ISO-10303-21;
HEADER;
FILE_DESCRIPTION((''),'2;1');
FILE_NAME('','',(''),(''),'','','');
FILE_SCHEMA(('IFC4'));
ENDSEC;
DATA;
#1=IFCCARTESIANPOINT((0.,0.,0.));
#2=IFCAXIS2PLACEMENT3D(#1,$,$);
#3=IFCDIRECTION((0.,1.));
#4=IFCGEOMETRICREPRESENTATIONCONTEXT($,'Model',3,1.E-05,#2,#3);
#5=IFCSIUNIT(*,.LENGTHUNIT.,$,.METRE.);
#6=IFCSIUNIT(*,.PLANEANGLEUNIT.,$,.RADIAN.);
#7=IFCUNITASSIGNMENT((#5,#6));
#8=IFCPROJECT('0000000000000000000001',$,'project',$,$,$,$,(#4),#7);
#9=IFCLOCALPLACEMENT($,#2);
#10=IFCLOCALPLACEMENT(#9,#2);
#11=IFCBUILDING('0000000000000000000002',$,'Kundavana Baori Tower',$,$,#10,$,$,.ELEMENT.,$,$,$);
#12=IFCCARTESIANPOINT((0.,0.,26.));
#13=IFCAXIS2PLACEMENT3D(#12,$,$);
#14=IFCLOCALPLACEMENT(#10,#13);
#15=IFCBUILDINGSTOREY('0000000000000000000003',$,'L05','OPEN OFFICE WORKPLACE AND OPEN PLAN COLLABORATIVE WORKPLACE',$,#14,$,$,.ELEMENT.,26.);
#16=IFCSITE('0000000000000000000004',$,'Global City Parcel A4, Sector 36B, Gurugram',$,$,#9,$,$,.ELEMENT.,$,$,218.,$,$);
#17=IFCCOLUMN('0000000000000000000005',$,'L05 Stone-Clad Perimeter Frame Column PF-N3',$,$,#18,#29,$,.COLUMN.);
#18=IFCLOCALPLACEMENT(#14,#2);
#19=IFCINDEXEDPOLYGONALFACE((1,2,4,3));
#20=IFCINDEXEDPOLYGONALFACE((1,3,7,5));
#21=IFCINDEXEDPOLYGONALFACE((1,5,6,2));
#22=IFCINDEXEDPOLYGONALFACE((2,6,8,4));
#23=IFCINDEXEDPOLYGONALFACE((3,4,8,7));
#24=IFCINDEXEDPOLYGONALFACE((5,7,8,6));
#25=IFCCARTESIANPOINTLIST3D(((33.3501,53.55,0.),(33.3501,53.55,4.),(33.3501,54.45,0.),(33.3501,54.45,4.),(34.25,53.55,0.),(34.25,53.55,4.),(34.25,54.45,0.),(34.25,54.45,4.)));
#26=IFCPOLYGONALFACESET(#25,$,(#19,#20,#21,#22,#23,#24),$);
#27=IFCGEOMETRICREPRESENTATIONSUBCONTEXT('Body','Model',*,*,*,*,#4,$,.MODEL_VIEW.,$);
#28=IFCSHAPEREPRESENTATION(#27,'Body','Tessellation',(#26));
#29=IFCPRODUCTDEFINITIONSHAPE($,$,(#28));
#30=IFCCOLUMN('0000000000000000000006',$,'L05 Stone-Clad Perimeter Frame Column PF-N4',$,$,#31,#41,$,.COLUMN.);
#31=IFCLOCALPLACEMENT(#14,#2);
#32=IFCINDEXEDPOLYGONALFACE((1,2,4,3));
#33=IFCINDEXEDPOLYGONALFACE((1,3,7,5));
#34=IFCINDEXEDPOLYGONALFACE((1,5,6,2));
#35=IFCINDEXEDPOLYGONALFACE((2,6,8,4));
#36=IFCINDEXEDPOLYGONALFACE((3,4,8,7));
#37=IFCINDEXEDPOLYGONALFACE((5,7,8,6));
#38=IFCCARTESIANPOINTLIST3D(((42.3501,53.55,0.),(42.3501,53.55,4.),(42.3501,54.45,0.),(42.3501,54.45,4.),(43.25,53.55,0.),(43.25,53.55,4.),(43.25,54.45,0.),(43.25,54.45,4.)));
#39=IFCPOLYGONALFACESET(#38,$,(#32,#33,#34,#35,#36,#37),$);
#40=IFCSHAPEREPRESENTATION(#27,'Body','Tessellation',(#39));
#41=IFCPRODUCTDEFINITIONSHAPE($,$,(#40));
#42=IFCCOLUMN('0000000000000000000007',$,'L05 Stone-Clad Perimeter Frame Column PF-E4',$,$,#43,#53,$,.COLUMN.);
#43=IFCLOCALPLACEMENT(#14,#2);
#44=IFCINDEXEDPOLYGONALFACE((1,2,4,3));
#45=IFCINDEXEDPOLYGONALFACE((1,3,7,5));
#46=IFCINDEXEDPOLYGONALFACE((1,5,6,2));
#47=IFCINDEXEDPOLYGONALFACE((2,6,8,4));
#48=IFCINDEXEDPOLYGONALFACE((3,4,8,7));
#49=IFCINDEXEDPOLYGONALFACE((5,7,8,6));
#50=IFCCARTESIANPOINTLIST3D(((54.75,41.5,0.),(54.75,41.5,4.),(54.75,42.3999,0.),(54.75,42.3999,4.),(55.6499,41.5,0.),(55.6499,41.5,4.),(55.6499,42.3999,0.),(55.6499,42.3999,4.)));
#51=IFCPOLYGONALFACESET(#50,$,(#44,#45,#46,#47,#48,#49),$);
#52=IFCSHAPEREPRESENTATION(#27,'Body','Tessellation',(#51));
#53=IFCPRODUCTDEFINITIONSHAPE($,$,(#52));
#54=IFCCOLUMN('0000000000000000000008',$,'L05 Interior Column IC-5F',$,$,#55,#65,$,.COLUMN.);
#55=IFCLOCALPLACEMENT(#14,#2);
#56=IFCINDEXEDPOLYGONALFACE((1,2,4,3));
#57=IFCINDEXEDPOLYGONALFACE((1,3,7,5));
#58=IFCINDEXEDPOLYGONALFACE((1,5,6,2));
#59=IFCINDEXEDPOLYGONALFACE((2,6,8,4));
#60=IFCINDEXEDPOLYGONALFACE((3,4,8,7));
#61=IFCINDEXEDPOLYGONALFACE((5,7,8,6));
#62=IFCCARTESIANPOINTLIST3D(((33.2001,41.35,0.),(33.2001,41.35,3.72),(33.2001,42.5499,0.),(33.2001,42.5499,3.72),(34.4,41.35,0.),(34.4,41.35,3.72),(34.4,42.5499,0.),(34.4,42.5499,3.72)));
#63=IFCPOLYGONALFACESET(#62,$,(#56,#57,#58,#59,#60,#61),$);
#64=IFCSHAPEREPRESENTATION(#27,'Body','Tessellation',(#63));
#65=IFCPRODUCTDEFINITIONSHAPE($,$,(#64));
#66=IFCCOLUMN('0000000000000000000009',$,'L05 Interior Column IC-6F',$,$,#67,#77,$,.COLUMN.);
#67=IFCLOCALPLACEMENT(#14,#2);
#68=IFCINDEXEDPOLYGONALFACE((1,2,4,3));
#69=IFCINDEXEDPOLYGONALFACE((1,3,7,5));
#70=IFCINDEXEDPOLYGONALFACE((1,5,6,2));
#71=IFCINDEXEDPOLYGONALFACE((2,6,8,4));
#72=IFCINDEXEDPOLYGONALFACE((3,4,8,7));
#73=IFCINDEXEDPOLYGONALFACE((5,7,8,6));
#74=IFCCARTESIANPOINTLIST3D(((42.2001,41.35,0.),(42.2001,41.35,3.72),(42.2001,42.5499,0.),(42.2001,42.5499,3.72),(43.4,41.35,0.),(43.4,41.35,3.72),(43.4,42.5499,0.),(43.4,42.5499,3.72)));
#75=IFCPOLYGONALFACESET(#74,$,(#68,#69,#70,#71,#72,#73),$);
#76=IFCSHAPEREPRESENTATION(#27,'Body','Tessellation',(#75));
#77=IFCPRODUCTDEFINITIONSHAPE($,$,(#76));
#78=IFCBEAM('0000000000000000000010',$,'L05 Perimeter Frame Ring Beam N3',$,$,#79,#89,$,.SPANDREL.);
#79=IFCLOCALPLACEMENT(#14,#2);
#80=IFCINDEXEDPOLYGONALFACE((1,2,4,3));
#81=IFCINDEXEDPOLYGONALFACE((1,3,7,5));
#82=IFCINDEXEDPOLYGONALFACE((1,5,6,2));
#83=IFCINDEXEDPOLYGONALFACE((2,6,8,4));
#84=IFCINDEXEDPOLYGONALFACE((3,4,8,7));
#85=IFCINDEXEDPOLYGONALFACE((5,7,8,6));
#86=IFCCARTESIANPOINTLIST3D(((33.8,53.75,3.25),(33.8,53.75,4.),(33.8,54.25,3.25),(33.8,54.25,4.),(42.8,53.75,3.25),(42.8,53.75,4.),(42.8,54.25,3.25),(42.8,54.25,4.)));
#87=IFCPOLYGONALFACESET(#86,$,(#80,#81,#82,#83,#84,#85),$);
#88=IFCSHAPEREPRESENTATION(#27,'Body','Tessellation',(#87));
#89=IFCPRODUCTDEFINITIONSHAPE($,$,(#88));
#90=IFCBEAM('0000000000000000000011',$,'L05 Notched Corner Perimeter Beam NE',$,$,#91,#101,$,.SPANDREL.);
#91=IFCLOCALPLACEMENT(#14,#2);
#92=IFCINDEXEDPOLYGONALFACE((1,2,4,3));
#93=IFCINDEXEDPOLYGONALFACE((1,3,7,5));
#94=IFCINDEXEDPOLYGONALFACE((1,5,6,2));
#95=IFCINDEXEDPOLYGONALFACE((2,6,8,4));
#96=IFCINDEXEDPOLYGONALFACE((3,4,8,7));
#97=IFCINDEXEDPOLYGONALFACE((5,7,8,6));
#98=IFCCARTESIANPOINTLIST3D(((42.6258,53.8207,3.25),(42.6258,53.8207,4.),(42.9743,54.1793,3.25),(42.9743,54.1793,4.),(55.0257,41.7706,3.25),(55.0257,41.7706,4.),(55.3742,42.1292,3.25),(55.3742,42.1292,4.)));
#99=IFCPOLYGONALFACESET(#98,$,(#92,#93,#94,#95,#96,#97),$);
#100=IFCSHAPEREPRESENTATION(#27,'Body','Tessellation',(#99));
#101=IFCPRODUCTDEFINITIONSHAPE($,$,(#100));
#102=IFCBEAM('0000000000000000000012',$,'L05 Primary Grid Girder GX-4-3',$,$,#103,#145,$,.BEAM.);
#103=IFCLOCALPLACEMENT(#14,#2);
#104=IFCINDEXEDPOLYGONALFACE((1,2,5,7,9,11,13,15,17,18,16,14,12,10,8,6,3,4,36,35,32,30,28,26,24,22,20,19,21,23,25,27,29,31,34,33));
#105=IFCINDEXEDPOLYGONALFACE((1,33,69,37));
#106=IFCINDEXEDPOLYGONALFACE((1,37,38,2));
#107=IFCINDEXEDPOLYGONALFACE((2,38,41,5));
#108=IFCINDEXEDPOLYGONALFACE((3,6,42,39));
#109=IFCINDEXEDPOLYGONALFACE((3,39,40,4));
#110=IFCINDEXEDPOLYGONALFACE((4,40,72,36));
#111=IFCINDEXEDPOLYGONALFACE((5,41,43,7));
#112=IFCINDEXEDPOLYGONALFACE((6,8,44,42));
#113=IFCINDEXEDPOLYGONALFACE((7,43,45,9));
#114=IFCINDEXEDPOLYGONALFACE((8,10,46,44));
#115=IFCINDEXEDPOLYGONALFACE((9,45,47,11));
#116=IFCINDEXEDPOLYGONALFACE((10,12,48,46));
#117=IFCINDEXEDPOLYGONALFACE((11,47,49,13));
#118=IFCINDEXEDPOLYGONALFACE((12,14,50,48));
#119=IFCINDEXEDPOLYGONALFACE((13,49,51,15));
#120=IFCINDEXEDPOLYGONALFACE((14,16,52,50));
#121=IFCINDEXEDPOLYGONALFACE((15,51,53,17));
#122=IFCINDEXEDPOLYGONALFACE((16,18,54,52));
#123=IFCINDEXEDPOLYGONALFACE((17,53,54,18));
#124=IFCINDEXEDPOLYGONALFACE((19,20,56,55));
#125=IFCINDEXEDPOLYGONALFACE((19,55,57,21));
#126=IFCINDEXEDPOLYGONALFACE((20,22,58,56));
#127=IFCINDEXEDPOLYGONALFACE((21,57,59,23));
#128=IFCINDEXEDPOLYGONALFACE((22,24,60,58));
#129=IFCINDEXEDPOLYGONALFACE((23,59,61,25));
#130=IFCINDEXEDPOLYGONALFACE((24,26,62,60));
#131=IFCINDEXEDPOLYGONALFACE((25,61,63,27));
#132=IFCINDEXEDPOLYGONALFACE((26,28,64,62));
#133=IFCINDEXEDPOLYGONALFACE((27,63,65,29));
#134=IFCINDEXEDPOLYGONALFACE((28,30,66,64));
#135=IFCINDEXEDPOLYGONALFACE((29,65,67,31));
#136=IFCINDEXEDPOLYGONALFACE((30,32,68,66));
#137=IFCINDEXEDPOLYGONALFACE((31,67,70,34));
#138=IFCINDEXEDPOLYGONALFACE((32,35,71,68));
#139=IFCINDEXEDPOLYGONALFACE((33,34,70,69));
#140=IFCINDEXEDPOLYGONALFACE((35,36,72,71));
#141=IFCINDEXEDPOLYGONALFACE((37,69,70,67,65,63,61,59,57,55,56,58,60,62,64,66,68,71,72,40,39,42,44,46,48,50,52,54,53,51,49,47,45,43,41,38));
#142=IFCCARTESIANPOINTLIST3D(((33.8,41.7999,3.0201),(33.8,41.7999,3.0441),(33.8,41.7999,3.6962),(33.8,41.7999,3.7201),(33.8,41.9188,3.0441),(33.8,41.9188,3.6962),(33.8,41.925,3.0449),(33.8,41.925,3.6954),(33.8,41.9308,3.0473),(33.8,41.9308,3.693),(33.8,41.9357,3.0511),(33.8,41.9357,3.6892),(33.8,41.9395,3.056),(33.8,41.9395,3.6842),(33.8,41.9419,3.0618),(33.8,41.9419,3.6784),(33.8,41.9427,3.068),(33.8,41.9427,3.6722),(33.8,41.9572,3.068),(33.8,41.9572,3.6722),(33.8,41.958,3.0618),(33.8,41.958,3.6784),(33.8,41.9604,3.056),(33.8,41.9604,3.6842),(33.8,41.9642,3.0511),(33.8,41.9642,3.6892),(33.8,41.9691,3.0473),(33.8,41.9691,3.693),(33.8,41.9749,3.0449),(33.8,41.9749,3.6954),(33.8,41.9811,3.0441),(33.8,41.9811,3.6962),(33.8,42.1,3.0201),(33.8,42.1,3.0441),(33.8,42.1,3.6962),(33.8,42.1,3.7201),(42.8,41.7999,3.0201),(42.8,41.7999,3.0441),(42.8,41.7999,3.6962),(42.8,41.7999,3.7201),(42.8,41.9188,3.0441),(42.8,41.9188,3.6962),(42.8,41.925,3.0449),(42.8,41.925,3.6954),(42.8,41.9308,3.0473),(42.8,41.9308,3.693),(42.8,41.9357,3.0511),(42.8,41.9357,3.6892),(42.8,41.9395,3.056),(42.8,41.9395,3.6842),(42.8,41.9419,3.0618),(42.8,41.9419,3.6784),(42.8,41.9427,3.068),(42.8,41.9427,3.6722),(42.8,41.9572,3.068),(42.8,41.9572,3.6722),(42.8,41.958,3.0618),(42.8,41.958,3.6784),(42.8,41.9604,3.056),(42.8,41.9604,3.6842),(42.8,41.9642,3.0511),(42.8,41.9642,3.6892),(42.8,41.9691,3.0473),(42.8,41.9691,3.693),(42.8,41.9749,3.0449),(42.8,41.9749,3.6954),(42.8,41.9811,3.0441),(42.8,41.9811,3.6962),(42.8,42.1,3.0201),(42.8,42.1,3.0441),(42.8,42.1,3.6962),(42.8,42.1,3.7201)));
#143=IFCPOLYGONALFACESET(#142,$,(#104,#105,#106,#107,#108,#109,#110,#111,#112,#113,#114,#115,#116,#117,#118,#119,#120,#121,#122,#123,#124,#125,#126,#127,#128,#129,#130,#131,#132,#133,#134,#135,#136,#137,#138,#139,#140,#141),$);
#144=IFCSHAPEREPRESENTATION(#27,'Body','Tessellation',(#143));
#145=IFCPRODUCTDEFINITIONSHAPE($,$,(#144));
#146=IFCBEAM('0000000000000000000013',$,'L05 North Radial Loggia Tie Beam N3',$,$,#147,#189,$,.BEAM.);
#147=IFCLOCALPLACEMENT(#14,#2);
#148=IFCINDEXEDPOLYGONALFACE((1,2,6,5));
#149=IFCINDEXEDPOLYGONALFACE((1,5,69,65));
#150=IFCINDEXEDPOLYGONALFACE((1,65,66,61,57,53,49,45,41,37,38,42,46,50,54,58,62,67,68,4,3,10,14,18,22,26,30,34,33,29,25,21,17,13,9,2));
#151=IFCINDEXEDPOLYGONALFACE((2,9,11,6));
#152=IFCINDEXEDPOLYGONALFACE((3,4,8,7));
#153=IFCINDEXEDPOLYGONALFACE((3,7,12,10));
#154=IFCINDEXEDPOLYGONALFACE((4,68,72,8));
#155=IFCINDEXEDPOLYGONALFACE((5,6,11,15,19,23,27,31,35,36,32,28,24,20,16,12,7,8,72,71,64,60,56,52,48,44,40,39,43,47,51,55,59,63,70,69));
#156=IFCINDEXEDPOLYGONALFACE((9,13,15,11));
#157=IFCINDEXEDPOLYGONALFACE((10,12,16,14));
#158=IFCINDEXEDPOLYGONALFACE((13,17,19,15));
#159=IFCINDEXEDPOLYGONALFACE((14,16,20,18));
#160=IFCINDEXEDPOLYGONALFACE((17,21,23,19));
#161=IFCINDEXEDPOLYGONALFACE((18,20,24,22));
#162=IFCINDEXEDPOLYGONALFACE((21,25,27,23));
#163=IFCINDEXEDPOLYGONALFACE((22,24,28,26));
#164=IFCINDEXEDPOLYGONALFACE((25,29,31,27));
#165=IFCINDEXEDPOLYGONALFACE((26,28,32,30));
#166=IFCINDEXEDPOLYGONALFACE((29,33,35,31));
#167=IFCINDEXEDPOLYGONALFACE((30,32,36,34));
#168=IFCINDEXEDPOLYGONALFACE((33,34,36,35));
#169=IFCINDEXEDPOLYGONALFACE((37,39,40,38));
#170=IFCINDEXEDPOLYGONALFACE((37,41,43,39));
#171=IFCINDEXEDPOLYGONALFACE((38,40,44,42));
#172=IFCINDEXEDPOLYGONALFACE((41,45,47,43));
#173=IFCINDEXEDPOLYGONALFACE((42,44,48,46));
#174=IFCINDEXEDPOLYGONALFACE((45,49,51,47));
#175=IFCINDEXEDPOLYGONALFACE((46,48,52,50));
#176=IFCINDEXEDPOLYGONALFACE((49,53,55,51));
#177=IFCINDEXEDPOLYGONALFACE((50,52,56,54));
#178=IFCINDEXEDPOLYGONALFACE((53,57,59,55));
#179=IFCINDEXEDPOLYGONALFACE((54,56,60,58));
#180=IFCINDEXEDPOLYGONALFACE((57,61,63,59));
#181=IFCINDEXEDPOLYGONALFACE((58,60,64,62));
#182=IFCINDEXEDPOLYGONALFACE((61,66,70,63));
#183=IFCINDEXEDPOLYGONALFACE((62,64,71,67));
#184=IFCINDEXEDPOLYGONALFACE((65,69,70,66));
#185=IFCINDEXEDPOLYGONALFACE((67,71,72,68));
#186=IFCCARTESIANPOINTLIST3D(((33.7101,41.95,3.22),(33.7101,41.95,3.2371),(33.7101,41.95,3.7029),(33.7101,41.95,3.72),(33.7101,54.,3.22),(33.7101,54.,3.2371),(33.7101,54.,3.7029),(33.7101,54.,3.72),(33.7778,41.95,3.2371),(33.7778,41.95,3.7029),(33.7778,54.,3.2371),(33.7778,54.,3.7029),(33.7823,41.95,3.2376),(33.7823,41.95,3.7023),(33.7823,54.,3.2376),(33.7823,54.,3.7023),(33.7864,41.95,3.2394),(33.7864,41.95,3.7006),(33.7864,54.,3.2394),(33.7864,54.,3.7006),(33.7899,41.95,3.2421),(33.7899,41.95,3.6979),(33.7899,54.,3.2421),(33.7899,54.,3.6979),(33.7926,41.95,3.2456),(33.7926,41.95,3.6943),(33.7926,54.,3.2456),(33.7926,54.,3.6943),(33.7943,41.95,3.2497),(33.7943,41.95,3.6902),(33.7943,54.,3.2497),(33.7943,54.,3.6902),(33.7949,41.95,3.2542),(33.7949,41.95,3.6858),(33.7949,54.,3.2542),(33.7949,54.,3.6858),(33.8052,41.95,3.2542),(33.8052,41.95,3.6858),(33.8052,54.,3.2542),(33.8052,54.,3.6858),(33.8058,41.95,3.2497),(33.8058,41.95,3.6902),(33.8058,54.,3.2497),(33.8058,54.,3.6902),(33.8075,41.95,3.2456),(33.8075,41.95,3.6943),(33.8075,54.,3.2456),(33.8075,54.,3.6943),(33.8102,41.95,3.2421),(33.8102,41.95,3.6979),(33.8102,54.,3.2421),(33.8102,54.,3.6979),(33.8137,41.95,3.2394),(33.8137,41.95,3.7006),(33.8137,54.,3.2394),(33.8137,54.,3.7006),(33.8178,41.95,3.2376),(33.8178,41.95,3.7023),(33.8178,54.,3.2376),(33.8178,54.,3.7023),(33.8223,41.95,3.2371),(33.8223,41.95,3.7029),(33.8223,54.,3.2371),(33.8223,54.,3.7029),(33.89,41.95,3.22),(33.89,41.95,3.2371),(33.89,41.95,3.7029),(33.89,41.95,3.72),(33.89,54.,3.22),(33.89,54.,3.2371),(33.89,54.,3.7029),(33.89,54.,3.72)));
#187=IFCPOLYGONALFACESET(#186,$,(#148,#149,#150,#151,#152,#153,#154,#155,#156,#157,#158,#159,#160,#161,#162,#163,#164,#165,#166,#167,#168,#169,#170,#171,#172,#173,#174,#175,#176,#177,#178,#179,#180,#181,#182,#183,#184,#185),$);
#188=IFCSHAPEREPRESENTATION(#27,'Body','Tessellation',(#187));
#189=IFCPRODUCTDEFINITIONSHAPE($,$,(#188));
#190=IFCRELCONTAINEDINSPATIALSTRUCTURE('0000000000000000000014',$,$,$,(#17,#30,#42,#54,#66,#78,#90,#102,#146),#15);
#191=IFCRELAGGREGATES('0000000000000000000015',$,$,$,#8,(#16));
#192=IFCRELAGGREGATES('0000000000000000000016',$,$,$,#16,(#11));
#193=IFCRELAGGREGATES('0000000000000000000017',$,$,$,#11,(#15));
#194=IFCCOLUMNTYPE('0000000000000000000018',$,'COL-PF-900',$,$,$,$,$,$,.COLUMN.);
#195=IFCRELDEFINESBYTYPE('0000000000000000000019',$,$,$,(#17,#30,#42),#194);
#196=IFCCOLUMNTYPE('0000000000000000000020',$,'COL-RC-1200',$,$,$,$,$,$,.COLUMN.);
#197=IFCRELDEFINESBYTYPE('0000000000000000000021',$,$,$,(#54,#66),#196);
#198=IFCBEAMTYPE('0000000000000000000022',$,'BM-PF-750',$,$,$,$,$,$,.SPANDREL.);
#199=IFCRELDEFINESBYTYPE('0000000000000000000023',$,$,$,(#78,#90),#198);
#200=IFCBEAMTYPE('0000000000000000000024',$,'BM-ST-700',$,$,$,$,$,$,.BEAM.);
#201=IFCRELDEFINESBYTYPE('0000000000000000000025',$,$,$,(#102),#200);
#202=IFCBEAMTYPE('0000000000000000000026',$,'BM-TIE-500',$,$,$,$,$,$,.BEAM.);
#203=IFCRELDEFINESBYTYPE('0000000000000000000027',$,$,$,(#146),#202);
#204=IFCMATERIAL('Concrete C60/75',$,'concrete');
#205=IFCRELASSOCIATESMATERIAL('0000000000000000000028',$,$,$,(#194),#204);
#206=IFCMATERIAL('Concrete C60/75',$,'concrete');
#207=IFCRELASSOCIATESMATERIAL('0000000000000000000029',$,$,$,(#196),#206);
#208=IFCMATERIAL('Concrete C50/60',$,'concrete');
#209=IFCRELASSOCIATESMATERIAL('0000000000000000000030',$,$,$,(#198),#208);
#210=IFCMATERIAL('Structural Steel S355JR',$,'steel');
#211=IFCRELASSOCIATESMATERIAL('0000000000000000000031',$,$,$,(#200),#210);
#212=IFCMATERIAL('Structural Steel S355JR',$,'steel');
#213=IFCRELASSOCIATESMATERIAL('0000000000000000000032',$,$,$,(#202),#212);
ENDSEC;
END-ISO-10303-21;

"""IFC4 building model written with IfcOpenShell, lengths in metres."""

from ifc_helpers import new_model, si_unit, direction, frame, origin, origin_2d, place, context, subcontext, project, spatial, rectangle, i_section, extrude, material, material_profile, profile_set, type_object, element, save


model = new_model("IFC4")

# Units and contexts
model_context = context("Model", 3, precision=1e-05, world=origin(), true_north=direction((0.0, 1.0)))
body_context = subcontext(model_context, "Body", "Model", "MODEL_VIEW")
ifc_project = project(units=[si_unit("LENGTHUNIT", "METRE"), si_unit("PLANEANGLEUNIT", "RADIAN")], contexts=[model_context])

# Site, building, storey
site_placement = place(None, origin())
site = spatial("IfcSite", under=ifc_project, at=site_placement, Name="Global City Parcel A4, Sector 36B, Gurugram", CompositionType="ELEMENT", RefElevation=218.0)
building_placement = place(site_placement, origin())
building = spatial("IfcBuilding", under=site, at=building_placement, Name="Kundavana Baori Tower", CompositionType="ELEMENT")
storey_placement = place(building_placement, frame((0.0, 0.0, 26.0)))
storey = spatial("IfcBuildingStorey", under=building, at=storey_placement, Name="L05", Description="OPEN OFFICE WORKPLACE AND OPEN PLAN COLLABORATIVE WORKPLACE", CompositionType="ELEMENT", Elevation=26.0)

# Columns
ifc_material_1 = material(Name="Concrete C60/75", Category="concrete")
ifc_material_profile_1 = material_profile(ifc_material_1, rectangle(XDim=0.8999, YDim=0.8999, at=origin_2d()), Name="RC PF 900x900")
ifc_profile_set_1 = profile_set([ifc_material_profile_1], Name="Concrete C60/75")
column_type_1 = type_object("IfcColumnType", Name="COL-PF-900", PredefinedType="COLUMN", material=ifc_profile_set_1)
for number, where, z_axis, x_axis, name in (
    (1, (33.8, 54.0, 0.0), (0.0, 0.0, 1.0), (1.0, 0.0, 0.0), "L05 Stone-Clad Perimeter Frame Column PF-N3"),
    (2, (42.8, 54.0, 0.0), (0.0, 0.0, 1.0), (1.0, 0.0, 0.0), "L05 Stone-Clad Perimeter Frame Column PF-N4"),
    (3, (55.2, 41.95, 0.0), (0.0, 0.0, 1.0), (1.0, 0.0, 0.0), "L05 Stone-Clad Perimeter Frame Column PF-E4"),
):
    element("IfcColumn", number, at=place(storey_placement, frame(where, z_axis=z_axis, x_axis=x_axis)), inside=storey, type_object=column_type_1, Name=name, PredefinedType="COLUMN", context=body_context, shape_type="SweptSolid", body=[
        extrude(rectangle(XDim=0.8999, YDim=0.8999, at=origin_2d()), origin(), (0.0, 0.0, 1.0), 4.0),
    ])
ifc_material_2 = material(Name="Concrete C60/75", Category="concrete")
ifc_material_profile_2 = material_profile(ifc_material_2, rectangle(XDim=1.2, YDim=1.2, at=origin_2d()), Name="RC 1200x1200")
ifc_profile_set_2 = profile_set([ifc_material_profile_2], Name="Concrete C60/75")
column_type_2 = type_object("IfcColumnType", Name="COL-RC-1200", PredefinedType="COLUMN", material=ifc_profile_set_2)
for number, where, z_axis, x_axis, name in (
    (4, (33.8, 41.95, 0.0), (0.0, 0.0, 1.0), (1.0, 0.0, 0.0), "L05 Interior Column IC-5F"),
    (5, (42.8, 41.95, 0.0), (0.0, 0.0, 1.0), (1.0, 0.0, 0.0), "L05 Interior Column IC-6F"),
):
    element("IfcColumn", number, at=place(storey_placement, frame(where, z_axis=z_axis, x_axis=x_axis)), inside=storey, type_object=column_type_2, Name=name, PredefinedType="COLUMN", context=body_context, shape_type="SweptSolid", body=[
        extrude(rectangle(XDim=1.2, YDim=1.2, at=origin_2d()), origin(), (0.0, 0.0, 1.0), 3.72),
    ])

# Beams
ifc_material_3 = material(Name="Concrete C50/60", Category="concrete")
ifc_material_profile_3 = material_profile(ifc_material_3, rectangle(XDim=0.5, YDim=0.75, at=origin_2d()), Name="RC BM 500x750")
ifc_profile_set_3 = profile_set([ifc_material_profile_3], Name="Concrete C50/60")
beam_type_1 = type_object("IfcBeamType", Name="BM-PF-750", PredefinedType="SPANDREL", material=ifc_profile_set_3)
beam_1_placement = place(storey_placement, frame((33.8, 54.0, 3.625), z_axis=(1.0, 0.0, 0.0), x_axis=(0.0, 1.0, 0.0)))
element("IfcBeam", 6, at=beam_1_placement, inside=storey, type_object=beam_type_1, Name="L05 Perimeter Frame Ring Beam N3", PredefinedType="SPANDREL", context=body_context, shape_type="SweptSolid", body=[
    extrude(rectangle(XDim=0.5, YDim=0.75, at=origin_2d()), origin(), (0.0, 0.0, 1.0), 9.0),
])
beam_2_placement = place(storey_placement, frame((42.8, 54.0, 3.625), z_axis=(0.717151, -0.696917, 0.0), x_axis=(0.696917, 0.717151, 0.0)))
element("IfcBeam", 7, at=beam_2_placement, inside=storey, type_object=beam_type_1, Name="L05 Notched Corner Perimeter Beam NE", PredefinedType="SPANDREL", context=body_context, shape_type="SweptSolid", body=[
    extrude(rectangle(XDim=0.5, YDim=0.75, at=origin_2d()), origin(), (0.0, 0.0, 1.0), 17.2905),
])
ifc_material_4 = material(Name="Structural Steel S355JR", Category="steel")
ifc_material_profile_4 = material_profile(ifc_material_4, i_section(OverallWidth=0.3, OverallDepth=0.7, WebThickness=0.0144, FlangeThickness=0.0239, FilletRadius=0.0239, at=origin_2d()), Name="NPB 700x300x170")
ifc_profile_set_4 = profile_set([ifc_material_profile_4], Name="Structural Steel S355JR")
beam_type_2 = type_object("IfcBeamType", Name="BM-ST-700", PredefinedType="BEAM", material=ifc_profile_set_4)
beam_3_placement = place(storey_placement, frame((33.8, 41.95, 3.3701), z_axis=(1.0, 0.0, 0.0), x_axis=(0.0, 1.0, 0.0)))
element("IfcBeam", 8, at=beam_3_placement, inside=storey, type_object=beam_type_2, Name="L05 Primary Grid Girder GX-4-3", PredefinedType="BEAM", context=body_context, shape_type="SweptSolid", body=[
    extrude(i_section(OverallWidth=0.3, OverallDepth=0.7, WebThickness=0.0144, FlangeThickness=0.0239, FilletRadius=0.0239, at=origin_2d()), origin(), (0.0, 0.0, 1.0), 9.0),
])
ifc_material_5 = material(Name="Structural Steel S355JR", Category="steel")
ifc_material_profile_5 = material_profile(ifc_material_5, i_section(OverallWidth=0.1799, OverallDepth=0.5, WebThickness=0.0103, FlangeThickness=0.0171, FilletRadius=0.0171, at=origin_2d()), Name="ISMB 500")
ifc_profile_set_5 = profile_set([ifc_material_profile_5], Name="Structural Steel S355JR")
beam_type_3 = type_object("IfcBeamType", Name="BM-TIE-500", PredefinedType="BEAM", material=ifc_profile_set_5)
for number, where, z_axis, x_axis, name in (
    (9, (33.8, 41.95, 3.47), (0.0, 1.0, 0.0), (-1.0, 0.0, 0.0), "L05 North Radial Loggia Tie Beam N3"),
):
    element("IfcBeam", number, at=place(storey_placement, frame(where, z_axis=z_axis, x_axis=x_axis)), inside=storey, type_object=beam_type_3, Name=name, PredefinedType="BEAM", context=body_context, shape_type="SweptSolid", body=[
        extrude(i_section(OverallWidth=0.1799, OverallDepth=0.5, WebThickness=0.0103, FlangeThickness=0.0171, FilletRadius=0.0171, at=origin_2d()), origin(), (0.0, 0.0, 1.0), 12.05),
    ])

save(model, "model.ifc")
